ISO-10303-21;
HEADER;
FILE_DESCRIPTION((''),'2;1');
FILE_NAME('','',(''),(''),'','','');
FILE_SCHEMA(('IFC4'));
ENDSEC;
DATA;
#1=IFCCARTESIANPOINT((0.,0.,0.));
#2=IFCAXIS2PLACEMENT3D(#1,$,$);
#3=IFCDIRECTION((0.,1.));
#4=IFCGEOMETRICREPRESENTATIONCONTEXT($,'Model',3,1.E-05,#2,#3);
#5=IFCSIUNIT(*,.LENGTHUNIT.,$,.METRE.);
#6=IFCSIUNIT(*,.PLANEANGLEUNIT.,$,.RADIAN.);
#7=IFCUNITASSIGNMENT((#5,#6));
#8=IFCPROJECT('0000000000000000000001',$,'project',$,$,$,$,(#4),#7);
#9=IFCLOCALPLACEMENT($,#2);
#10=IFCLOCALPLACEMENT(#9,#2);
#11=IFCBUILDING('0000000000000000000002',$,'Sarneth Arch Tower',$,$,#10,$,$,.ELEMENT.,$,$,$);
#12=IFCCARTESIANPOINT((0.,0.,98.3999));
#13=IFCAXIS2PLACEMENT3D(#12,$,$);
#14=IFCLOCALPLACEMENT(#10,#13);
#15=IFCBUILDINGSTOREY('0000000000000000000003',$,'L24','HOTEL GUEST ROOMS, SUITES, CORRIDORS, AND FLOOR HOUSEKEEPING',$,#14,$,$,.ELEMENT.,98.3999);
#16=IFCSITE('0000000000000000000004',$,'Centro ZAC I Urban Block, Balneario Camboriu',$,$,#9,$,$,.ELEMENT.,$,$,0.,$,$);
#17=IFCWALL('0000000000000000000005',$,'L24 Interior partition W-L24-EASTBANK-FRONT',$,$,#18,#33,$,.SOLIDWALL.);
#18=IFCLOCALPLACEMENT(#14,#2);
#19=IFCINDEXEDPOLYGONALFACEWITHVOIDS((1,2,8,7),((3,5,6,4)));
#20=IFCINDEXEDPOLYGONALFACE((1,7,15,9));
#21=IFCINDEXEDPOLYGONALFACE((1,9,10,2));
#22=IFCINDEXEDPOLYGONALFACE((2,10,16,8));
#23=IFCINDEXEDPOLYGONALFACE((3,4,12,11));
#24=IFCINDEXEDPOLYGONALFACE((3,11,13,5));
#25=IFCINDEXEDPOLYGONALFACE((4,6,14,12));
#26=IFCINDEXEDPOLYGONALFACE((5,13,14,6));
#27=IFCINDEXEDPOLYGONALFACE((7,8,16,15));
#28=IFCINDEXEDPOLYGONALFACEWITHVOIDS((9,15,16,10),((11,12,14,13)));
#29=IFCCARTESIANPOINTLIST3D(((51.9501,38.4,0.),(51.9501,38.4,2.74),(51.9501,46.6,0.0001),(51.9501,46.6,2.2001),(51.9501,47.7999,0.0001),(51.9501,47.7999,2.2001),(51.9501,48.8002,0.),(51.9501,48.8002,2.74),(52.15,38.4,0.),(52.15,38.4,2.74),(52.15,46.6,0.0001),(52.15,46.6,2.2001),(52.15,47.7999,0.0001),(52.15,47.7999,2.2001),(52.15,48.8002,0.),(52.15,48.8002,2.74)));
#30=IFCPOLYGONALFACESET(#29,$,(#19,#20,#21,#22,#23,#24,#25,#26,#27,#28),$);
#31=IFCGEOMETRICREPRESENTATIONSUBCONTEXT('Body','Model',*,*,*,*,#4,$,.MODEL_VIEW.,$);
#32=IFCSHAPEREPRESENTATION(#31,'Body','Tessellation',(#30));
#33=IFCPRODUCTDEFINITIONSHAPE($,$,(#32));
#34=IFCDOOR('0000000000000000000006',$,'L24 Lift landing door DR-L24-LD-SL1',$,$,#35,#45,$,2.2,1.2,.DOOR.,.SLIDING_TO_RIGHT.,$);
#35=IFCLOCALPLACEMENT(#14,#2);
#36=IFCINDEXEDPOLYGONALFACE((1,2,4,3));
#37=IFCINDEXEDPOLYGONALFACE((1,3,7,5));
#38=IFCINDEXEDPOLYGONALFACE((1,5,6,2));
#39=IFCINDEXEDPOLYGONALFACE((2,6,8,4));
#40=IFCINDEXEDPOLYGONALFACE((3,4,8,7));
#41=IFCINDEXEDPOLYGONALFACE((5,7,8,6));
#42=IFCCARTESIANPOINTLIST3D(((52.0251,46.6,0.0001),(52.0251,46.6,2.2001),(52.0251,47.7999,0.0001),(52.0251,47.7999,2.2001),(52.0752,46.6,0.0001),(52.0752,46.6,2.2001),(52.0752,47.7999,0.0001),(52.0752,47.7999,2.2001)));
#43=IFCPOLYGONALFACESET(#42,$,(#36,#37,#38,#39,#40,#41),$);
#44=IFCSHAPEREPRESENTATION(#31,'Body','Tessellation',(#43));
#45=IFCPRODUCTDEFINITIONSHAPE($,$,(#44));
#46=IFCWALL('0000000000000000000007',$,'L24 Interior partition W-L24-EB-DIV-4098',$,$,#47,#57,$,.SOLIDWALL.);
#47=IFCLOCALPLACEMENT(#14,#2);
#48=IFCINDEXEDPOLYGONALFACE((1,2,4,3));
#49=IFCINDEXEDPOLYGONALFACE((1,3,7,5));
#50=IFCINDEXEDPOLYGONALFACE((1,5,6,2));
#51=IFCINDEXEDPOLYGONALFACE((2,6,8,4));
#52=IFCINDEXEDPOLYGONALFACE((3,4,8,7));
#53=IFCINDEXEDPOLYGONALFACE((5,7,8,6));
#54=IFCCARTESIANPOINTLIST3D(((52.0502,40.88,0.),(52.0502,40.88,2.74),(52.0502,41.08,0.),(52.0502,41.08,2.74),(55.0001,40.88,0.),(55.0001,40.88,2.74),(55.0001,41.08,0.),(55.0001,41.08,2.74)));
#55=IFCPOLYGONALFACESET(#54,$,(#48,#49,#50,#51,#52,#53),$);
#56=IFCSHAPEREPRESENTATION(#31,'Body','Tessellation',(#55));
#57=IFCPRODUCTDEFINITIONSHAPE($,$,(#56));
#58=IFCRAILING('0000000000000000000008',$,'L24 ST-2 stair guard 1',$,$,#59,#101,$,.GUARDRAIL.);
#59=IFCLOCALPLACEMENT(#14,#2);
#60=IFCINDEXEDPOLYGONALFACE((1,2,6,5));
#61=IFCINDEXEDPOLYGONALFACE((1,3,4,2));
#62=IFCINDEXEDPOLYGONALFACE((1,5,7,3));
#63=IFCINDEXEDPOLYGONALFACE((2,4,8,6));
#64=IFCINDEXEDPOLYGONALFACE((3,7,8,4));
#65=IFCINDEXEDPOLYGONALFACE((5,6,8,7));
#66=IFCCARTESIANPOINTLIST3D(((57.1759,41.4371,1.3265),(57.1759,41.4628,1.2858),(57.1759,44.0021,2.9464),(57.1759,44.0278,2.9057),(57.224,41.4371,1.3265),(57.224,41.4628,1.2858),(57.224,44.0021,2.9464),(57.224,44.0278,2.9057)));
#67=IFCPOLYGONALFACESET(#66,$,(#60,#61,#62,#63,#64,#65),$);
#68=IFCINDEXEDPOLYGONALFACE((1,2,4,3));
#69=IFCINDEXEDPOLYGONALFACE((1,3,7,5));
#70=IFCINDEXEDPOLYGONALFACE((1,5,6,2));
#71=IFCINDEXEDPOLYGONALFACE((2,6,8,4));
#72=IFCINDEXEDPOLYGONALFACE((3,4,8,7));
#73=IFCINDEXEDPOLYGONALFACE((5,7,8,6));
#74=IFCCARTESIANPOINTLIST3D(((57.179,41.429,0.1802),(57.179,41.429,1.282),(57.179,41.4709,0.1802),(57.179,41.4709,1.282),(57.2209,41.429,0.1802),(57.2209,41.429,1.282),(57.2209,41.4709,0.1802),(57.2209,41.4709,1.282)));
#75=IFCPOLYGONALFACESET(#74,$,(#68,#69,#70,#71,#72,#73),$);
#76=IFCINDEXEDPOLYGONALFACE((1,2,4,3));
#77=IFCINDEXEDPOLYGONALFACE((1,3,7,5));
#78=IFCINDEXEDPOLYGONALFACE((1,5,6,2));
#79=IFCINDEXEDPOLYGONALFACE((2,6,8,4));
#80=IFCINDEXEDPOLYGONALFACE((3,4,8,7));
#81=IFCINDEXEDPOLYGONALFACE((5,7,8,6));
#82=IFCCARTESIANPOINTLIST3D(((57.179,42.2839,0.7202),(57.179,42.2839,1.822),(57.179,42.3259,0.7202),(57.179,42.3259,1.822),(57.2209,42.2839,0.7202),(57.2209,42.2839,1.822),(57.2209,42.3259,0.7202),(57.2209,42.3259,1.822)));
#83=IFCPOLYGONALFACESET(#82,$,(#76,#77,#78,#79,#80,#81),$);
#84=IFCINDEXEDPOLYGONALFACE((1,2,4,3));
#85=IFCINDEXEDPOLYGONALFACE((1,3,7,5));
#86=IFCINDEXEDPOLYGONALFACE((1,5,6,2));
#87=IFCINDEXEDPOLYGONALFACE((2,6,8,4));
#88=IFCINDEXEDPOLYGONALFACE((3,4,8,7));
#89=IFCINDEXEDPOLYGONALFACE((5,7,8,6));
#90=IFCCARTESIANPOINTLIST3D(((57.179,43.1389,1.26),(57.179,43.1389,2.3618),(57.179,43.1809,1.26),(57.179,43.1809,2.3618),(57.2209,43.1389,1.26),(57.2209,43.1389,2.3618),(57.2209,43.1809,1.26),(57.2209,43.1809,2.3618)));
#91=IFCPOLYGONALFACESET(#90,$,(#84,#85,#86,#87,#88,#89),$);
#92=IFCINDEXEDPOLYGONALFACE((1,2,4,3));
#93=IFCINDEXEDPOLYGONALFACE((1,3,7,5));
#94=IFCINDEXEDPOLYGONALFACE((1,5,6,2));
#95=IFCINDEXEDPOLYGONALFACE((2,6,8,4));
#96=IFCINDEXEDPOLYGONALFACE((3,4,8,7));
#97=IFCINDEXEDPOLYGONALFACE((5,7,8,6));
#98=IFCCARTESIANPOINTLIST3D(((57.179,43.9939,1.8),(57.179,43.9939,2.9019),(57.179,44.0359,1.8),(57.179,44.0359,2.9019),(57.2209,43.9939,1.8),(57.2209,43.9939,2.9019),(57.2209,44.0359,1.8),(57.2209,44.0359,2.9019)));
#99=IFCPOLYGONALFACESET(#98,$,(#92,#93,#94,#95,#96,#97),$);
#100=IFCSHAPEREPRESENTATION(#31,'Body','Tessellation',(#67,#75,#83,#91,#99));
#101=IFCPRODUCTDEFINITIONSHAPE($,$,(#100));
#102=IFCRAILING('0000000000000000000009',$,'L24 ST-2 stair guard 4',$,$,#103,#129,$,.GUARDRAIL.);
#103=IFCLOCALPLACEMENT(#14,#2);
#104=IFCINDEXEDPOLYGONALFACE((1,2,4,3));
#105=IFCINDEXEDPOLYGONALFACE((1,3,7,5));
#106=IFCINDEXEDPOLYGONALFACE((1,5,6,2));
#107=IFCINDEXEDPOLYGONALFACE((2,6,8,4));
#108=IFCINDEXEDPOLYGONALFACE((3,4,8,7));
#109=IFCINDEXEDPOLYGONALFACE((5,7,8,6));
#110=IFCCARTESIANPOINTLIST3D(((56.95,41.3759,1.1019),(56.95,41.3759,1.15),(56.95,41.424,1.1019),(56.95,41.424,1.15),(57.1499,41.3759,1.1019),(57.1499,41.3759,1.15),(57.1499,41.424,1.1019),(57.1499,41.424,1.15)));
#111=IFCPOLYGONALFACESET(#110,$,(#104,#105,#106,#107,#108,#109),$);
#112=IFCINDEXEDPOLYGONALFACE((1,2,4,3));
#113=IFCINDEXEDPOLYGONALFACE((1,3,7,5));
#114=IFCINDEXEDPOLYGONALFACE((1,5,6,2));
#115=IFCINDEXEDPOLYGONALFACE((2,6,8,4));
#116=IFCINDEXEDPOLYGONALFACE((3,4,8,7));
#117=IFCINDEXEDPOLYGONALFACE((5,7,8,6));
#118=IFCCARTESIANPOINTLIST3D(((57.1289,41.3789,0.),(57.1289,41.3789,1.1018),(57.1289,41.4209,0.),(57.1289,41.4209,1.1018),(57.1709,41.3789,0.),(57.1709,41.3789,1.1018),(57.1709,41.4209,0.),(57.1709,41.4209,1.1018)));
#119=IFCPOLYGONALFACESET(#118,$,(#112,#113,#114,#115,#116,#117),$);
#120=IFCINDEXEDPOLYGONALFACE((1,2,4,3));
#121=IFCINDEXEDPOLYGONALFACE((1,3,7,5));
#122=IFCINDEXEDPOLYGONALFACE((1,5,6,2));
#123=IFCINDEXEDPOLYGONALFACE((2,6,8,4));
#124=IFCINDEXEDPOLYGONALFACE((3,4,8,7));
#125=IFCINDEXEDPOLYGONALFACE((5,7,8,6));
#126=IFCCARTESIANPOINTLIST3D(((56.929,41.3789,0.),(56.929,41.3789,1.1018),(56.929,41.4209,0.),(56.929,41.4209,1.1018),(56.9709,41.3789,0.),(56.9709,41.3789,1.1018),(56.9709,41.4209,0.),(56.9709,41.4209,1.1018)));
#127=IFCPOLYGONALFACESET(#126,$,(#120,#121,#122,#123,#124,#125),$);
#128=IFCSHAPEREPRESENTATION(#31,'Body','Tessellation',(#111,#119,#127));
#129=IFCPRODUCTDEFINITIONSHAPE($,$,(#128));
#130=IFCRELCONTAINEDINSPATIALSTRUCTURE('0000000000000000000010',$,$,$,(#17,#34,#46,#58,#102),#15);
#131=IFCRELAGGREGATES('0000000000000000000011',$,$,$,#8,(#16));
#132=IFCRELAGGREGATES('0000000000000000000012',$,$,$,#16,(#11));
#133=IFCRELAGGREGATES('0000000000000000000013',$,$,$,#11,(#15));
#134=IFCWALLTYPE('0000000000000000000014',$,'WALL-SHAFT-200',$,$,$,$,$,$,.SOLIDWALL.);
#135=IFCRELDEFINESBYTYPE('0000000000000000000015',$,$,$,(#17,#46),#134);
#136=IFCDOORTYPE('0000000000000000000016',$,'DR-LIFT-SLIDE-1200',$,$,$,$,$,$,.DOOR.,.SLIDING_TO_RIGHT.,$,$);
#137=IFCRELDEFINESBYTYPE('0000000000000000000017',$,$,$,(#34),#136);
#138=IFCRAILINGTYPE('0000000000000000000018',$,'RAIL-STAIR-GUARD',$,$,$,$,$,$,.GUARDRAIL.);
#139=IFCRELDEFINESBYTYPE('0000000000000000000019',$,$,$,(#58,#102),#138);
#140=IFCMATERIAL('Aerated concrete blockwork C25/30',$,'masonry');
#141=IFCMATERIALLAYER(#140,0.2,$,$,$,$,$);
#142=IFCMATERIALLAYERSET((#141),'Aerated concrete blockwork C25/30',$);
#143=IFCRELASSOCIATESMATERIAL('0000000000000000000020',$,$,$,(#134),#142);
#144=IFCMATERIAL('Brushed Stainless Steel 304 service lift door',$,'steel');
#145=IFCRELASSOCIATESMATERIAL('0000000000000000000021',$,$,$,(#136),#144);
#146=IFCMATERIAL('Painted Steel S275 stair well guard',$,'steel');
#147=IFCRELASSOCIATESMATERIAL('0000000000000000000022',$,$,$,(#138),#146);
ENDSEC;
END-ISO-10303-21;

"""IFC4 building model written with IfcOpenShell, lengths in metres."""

from ifc_helpers import new_model, si_unit, direction, frame, frame_2d, origin, origin_2d, place, context, subcontext, project, spatial, rectangle, extrude, material, layer, layer_set, type_object, element, fill, save


model = new_model("IFC4")

# Units and contexts
model_context = context("Model", 3, precision=1e-05, world=origin(), true_north=direction((0.0, 1.0)))
body_context = subcontext(model_context, "Body", "Model", "MODEL_VIEW")
ifc_project = project(units=[si_unit("LENGTHUNIT", "METRE"), si_unit("PLANEANGLEUNIT", "RADIAN")], contexts=[model_context])

# Site, building, storey
site_placement = place(None, origin())
site = spatial("IfcSite", under=ifc_project, at=site_placement, Name="Centro ZAC I Urban Block, Balneario Camboriu", CompositionType="ELEMENT", RefElevation=0.0)
building_placement = place(site_placement, origin())
building = spatial("IfcBuilding", under=site, at=building_placement, Name="Sarneth Arch Tower", CompositionType="ELEMENT")
storey_placement = place(building_placement, frame((0.0, 0.0, 98.3999)))
storey = spatial("IfcBuildingStorey", under=building, at=storey_placement, Name="L24", Description="HOTEL GUEST ROOMS, SUITES, CORRIDORS, AND FLOOR HOUSEKEEPING", CompositionType="ELEMENT", Elevation=98.3999)

# Shared definitions
ifc_material_1 = material(Name="Aerated concrete blockwork C25/30", Category="masonry")
ifc_layer_1 = layer(ifc_material_1, 0.2)
ifc_layer_set_1 = layer_set([ifc_layer_1], Name="Aerated concrete blockwork C25/30")
wall_type_1 = type_object("IfcWallType", Name="WALL-SHAFT-200", PredefinedType="SOLIDWALL", material=ifc_layer_set_1)

# Wall, opening, door
wall_1_placement = place(storey_placement, frame((52.05, 38.3999, 0.0), z_axis=(0.0, 0.0, 1.0), x_axis=(0.0, 1.0, 0.0)))
wall_1 = element("IfcWall", 1, at=wall_1_placement, inside=storey, type_object=wall_type_1, Name="L24 Interior partition W-L24-EASTBANK-FRONT", PredefinedType="SOLIDWALL", context=body_context, shape_type="SweptSolid", body=[
    extrude(rectangle(XDim=10.4001, YDim=0.2, at=frame_2d((5.2002, 0.0))), origin(), (0.0, 0.0, 1.0), 2.74),
])
opening_1_placement = place(wall_1_placement, frame((8.2, 0.0, 0.0)))
opening_1 = element("IfcOpeningElement", 2, at=opening_1_placement, cuts=wall_1, PredefinedType="OPENING", context=body_context, shape_type="SweptSolid", body=[
    extrude(rectangle(XDim=1.2, YDim=2.2, at=frame_2d((0.6001, 1.1001))), frame((0.0, 0.1099, 0.0), z_axis=(0.0, -1.0, 0.0), x_axis=(1.0, 0.0, 0.0)), (0.0, 0.0, 1.0), 0.22),
])
ifc_material_2 = material(Name="Brushed Stainless Steel 304 service lift door", Category="steel")
door_type_1 = type_object("IfcDoorType", Name="DR-LIFT-SLIDE-1200", OperationType="SLIDING_TO_RIGHT", PredefinedType="DOOR", material=ifc_material_2)
door_1_placement = place(opening_1_placement, origin())
door_1 = element("IfcDoor", 3, at=door_1_placement, inside=storey, type_object=door_type_1, Name="L24 Lift landing door DR-L24-LD-SL1", OperationType="SLIDING_TO_RIGHT", OverallHeight=2.2, OverallWidth=1.2, PredefinedType="DOOR", context=body_context, shape_type="SweptSolid", body=[
    extrude(rectangle(XDim=1.2, YDim=2.2, at=frame_2d((0.6001, 1.1001))), frame((0.0, 0.0249, 0.0), z_axis=(0.0, -1.0, 0.0), x_axis=(1.0, 0.0, 0.0)), (0.0, 0.0, 1.0), 0.05),
])
fill(opening_1, door_1)

# Wall
wall_2_placement = place(storey_placement, frame((52.05, 40.98, 0.0), z_axis=(0.0, 0.0, 1.0), x_axis=(1.0, 0.0, 0.0)))
element("IfcWall", 4, at=wall_2_placement, inside=storey, type_object=wall_type_1, Name="L24 Interior partition W-L24-EB-DIV-4098", PredefinedType="SOLIDWALL", context=body_context, shape_type="SweptSolid", body=[
    extrude(rectangle(XDim=2.95, YDim=0.2, at=frame_2d((1.4751, 0.0))), origin(), (0.0, 0.0, 1.0), 2.74),
])

# Railings
ifc_material_3 = material(Name="Painted Steel S275 stair well guard", Category="steel")
railing_type = type_object("IfcRailingType", Name="RAIL-STAIR-GUARD", PredefinedType="GUARDRAIL", material=ifc_material_3)
railing_1_placement = place(storey_placement, frame((57.2, 41.45, 0.1802)))
element("IfcRailing", 5, at=railing_1_placement, inside=storey, type_object=railing_type, Name="L24 ST-2 stair guard 1", PredefinedType="GUARDRAIL", context=body_context, shape_type="SweptSolid", body=[
    extrude(rectangle(XDim=0.0481, YDim=0.0481, at=origin_2d()), frame((0.0, 0.0, 1.126), z_axis=(0.0, 0.845502, 0.533972), x_axis=(-1.0, 0.0, 0.0)), (0.0, 0.0, 1.0), 3.0337),
    extrude(rectangle(XDim=0.042, YDim=0.042, at=origin_2d()), origin(), (0.0, 0.0, 1.0), 1.1018),
    extrude(rectangle(XDim=0.042, YDim=0.042, at=origin_2d()), frame((0.0, 0.855, 0.54)), (0.0, 0.0, 1.0), 1.1018),
    extrude(rectangle(XDim=0.042, YDim=0.042, at=origin_2d()), frame((0.0, 1.71, 1.0798)), (0.0, 0.0, 1.0), 1.1018),
    extrude(rectangle(XDim=0.042, YDim=0.042, at=origin_2d()), frame((0.0, 2.5649, 1.6199)), (0.0, 0.0, 1.0), 1.1018),
])
railing_2_placement = place(storey_placement, frame((57.1499, 41.3999, 0.0)))
element("IfcRailing", 6, at=railing_2_placement, inside=storey, type_object=railing_type, Name="L24 ST-2 stair guard 4", PredefinedType="GUARDRAIL", context=body_context, shape_type="SweptSolid", body=[
    extrude(rectangle(XDim=0.0481, YDim=0.0481, at=origin_2d()), frame((0.0, 0.0, 1.126), z_axis=(-1.0, 0.0, 0.0), x_axis=(0.0, -1.0, 0.0)), (0.0, 0.0, 1.0), 0.2),
    extrude(rectangle(XDim=0.042, YDim=0.042, at=origin_2d()), origin(), (0.0, 0.0, 1.0), 1.1018),
    extrude(rectangle(XDim=0.042, YDim=0.042, at=origin_2d()), frame((-0.2, 0.0, 0.0)), (0.0, 0.0, 1.0), 1.1018),
])

save(model, "model.ifc")
